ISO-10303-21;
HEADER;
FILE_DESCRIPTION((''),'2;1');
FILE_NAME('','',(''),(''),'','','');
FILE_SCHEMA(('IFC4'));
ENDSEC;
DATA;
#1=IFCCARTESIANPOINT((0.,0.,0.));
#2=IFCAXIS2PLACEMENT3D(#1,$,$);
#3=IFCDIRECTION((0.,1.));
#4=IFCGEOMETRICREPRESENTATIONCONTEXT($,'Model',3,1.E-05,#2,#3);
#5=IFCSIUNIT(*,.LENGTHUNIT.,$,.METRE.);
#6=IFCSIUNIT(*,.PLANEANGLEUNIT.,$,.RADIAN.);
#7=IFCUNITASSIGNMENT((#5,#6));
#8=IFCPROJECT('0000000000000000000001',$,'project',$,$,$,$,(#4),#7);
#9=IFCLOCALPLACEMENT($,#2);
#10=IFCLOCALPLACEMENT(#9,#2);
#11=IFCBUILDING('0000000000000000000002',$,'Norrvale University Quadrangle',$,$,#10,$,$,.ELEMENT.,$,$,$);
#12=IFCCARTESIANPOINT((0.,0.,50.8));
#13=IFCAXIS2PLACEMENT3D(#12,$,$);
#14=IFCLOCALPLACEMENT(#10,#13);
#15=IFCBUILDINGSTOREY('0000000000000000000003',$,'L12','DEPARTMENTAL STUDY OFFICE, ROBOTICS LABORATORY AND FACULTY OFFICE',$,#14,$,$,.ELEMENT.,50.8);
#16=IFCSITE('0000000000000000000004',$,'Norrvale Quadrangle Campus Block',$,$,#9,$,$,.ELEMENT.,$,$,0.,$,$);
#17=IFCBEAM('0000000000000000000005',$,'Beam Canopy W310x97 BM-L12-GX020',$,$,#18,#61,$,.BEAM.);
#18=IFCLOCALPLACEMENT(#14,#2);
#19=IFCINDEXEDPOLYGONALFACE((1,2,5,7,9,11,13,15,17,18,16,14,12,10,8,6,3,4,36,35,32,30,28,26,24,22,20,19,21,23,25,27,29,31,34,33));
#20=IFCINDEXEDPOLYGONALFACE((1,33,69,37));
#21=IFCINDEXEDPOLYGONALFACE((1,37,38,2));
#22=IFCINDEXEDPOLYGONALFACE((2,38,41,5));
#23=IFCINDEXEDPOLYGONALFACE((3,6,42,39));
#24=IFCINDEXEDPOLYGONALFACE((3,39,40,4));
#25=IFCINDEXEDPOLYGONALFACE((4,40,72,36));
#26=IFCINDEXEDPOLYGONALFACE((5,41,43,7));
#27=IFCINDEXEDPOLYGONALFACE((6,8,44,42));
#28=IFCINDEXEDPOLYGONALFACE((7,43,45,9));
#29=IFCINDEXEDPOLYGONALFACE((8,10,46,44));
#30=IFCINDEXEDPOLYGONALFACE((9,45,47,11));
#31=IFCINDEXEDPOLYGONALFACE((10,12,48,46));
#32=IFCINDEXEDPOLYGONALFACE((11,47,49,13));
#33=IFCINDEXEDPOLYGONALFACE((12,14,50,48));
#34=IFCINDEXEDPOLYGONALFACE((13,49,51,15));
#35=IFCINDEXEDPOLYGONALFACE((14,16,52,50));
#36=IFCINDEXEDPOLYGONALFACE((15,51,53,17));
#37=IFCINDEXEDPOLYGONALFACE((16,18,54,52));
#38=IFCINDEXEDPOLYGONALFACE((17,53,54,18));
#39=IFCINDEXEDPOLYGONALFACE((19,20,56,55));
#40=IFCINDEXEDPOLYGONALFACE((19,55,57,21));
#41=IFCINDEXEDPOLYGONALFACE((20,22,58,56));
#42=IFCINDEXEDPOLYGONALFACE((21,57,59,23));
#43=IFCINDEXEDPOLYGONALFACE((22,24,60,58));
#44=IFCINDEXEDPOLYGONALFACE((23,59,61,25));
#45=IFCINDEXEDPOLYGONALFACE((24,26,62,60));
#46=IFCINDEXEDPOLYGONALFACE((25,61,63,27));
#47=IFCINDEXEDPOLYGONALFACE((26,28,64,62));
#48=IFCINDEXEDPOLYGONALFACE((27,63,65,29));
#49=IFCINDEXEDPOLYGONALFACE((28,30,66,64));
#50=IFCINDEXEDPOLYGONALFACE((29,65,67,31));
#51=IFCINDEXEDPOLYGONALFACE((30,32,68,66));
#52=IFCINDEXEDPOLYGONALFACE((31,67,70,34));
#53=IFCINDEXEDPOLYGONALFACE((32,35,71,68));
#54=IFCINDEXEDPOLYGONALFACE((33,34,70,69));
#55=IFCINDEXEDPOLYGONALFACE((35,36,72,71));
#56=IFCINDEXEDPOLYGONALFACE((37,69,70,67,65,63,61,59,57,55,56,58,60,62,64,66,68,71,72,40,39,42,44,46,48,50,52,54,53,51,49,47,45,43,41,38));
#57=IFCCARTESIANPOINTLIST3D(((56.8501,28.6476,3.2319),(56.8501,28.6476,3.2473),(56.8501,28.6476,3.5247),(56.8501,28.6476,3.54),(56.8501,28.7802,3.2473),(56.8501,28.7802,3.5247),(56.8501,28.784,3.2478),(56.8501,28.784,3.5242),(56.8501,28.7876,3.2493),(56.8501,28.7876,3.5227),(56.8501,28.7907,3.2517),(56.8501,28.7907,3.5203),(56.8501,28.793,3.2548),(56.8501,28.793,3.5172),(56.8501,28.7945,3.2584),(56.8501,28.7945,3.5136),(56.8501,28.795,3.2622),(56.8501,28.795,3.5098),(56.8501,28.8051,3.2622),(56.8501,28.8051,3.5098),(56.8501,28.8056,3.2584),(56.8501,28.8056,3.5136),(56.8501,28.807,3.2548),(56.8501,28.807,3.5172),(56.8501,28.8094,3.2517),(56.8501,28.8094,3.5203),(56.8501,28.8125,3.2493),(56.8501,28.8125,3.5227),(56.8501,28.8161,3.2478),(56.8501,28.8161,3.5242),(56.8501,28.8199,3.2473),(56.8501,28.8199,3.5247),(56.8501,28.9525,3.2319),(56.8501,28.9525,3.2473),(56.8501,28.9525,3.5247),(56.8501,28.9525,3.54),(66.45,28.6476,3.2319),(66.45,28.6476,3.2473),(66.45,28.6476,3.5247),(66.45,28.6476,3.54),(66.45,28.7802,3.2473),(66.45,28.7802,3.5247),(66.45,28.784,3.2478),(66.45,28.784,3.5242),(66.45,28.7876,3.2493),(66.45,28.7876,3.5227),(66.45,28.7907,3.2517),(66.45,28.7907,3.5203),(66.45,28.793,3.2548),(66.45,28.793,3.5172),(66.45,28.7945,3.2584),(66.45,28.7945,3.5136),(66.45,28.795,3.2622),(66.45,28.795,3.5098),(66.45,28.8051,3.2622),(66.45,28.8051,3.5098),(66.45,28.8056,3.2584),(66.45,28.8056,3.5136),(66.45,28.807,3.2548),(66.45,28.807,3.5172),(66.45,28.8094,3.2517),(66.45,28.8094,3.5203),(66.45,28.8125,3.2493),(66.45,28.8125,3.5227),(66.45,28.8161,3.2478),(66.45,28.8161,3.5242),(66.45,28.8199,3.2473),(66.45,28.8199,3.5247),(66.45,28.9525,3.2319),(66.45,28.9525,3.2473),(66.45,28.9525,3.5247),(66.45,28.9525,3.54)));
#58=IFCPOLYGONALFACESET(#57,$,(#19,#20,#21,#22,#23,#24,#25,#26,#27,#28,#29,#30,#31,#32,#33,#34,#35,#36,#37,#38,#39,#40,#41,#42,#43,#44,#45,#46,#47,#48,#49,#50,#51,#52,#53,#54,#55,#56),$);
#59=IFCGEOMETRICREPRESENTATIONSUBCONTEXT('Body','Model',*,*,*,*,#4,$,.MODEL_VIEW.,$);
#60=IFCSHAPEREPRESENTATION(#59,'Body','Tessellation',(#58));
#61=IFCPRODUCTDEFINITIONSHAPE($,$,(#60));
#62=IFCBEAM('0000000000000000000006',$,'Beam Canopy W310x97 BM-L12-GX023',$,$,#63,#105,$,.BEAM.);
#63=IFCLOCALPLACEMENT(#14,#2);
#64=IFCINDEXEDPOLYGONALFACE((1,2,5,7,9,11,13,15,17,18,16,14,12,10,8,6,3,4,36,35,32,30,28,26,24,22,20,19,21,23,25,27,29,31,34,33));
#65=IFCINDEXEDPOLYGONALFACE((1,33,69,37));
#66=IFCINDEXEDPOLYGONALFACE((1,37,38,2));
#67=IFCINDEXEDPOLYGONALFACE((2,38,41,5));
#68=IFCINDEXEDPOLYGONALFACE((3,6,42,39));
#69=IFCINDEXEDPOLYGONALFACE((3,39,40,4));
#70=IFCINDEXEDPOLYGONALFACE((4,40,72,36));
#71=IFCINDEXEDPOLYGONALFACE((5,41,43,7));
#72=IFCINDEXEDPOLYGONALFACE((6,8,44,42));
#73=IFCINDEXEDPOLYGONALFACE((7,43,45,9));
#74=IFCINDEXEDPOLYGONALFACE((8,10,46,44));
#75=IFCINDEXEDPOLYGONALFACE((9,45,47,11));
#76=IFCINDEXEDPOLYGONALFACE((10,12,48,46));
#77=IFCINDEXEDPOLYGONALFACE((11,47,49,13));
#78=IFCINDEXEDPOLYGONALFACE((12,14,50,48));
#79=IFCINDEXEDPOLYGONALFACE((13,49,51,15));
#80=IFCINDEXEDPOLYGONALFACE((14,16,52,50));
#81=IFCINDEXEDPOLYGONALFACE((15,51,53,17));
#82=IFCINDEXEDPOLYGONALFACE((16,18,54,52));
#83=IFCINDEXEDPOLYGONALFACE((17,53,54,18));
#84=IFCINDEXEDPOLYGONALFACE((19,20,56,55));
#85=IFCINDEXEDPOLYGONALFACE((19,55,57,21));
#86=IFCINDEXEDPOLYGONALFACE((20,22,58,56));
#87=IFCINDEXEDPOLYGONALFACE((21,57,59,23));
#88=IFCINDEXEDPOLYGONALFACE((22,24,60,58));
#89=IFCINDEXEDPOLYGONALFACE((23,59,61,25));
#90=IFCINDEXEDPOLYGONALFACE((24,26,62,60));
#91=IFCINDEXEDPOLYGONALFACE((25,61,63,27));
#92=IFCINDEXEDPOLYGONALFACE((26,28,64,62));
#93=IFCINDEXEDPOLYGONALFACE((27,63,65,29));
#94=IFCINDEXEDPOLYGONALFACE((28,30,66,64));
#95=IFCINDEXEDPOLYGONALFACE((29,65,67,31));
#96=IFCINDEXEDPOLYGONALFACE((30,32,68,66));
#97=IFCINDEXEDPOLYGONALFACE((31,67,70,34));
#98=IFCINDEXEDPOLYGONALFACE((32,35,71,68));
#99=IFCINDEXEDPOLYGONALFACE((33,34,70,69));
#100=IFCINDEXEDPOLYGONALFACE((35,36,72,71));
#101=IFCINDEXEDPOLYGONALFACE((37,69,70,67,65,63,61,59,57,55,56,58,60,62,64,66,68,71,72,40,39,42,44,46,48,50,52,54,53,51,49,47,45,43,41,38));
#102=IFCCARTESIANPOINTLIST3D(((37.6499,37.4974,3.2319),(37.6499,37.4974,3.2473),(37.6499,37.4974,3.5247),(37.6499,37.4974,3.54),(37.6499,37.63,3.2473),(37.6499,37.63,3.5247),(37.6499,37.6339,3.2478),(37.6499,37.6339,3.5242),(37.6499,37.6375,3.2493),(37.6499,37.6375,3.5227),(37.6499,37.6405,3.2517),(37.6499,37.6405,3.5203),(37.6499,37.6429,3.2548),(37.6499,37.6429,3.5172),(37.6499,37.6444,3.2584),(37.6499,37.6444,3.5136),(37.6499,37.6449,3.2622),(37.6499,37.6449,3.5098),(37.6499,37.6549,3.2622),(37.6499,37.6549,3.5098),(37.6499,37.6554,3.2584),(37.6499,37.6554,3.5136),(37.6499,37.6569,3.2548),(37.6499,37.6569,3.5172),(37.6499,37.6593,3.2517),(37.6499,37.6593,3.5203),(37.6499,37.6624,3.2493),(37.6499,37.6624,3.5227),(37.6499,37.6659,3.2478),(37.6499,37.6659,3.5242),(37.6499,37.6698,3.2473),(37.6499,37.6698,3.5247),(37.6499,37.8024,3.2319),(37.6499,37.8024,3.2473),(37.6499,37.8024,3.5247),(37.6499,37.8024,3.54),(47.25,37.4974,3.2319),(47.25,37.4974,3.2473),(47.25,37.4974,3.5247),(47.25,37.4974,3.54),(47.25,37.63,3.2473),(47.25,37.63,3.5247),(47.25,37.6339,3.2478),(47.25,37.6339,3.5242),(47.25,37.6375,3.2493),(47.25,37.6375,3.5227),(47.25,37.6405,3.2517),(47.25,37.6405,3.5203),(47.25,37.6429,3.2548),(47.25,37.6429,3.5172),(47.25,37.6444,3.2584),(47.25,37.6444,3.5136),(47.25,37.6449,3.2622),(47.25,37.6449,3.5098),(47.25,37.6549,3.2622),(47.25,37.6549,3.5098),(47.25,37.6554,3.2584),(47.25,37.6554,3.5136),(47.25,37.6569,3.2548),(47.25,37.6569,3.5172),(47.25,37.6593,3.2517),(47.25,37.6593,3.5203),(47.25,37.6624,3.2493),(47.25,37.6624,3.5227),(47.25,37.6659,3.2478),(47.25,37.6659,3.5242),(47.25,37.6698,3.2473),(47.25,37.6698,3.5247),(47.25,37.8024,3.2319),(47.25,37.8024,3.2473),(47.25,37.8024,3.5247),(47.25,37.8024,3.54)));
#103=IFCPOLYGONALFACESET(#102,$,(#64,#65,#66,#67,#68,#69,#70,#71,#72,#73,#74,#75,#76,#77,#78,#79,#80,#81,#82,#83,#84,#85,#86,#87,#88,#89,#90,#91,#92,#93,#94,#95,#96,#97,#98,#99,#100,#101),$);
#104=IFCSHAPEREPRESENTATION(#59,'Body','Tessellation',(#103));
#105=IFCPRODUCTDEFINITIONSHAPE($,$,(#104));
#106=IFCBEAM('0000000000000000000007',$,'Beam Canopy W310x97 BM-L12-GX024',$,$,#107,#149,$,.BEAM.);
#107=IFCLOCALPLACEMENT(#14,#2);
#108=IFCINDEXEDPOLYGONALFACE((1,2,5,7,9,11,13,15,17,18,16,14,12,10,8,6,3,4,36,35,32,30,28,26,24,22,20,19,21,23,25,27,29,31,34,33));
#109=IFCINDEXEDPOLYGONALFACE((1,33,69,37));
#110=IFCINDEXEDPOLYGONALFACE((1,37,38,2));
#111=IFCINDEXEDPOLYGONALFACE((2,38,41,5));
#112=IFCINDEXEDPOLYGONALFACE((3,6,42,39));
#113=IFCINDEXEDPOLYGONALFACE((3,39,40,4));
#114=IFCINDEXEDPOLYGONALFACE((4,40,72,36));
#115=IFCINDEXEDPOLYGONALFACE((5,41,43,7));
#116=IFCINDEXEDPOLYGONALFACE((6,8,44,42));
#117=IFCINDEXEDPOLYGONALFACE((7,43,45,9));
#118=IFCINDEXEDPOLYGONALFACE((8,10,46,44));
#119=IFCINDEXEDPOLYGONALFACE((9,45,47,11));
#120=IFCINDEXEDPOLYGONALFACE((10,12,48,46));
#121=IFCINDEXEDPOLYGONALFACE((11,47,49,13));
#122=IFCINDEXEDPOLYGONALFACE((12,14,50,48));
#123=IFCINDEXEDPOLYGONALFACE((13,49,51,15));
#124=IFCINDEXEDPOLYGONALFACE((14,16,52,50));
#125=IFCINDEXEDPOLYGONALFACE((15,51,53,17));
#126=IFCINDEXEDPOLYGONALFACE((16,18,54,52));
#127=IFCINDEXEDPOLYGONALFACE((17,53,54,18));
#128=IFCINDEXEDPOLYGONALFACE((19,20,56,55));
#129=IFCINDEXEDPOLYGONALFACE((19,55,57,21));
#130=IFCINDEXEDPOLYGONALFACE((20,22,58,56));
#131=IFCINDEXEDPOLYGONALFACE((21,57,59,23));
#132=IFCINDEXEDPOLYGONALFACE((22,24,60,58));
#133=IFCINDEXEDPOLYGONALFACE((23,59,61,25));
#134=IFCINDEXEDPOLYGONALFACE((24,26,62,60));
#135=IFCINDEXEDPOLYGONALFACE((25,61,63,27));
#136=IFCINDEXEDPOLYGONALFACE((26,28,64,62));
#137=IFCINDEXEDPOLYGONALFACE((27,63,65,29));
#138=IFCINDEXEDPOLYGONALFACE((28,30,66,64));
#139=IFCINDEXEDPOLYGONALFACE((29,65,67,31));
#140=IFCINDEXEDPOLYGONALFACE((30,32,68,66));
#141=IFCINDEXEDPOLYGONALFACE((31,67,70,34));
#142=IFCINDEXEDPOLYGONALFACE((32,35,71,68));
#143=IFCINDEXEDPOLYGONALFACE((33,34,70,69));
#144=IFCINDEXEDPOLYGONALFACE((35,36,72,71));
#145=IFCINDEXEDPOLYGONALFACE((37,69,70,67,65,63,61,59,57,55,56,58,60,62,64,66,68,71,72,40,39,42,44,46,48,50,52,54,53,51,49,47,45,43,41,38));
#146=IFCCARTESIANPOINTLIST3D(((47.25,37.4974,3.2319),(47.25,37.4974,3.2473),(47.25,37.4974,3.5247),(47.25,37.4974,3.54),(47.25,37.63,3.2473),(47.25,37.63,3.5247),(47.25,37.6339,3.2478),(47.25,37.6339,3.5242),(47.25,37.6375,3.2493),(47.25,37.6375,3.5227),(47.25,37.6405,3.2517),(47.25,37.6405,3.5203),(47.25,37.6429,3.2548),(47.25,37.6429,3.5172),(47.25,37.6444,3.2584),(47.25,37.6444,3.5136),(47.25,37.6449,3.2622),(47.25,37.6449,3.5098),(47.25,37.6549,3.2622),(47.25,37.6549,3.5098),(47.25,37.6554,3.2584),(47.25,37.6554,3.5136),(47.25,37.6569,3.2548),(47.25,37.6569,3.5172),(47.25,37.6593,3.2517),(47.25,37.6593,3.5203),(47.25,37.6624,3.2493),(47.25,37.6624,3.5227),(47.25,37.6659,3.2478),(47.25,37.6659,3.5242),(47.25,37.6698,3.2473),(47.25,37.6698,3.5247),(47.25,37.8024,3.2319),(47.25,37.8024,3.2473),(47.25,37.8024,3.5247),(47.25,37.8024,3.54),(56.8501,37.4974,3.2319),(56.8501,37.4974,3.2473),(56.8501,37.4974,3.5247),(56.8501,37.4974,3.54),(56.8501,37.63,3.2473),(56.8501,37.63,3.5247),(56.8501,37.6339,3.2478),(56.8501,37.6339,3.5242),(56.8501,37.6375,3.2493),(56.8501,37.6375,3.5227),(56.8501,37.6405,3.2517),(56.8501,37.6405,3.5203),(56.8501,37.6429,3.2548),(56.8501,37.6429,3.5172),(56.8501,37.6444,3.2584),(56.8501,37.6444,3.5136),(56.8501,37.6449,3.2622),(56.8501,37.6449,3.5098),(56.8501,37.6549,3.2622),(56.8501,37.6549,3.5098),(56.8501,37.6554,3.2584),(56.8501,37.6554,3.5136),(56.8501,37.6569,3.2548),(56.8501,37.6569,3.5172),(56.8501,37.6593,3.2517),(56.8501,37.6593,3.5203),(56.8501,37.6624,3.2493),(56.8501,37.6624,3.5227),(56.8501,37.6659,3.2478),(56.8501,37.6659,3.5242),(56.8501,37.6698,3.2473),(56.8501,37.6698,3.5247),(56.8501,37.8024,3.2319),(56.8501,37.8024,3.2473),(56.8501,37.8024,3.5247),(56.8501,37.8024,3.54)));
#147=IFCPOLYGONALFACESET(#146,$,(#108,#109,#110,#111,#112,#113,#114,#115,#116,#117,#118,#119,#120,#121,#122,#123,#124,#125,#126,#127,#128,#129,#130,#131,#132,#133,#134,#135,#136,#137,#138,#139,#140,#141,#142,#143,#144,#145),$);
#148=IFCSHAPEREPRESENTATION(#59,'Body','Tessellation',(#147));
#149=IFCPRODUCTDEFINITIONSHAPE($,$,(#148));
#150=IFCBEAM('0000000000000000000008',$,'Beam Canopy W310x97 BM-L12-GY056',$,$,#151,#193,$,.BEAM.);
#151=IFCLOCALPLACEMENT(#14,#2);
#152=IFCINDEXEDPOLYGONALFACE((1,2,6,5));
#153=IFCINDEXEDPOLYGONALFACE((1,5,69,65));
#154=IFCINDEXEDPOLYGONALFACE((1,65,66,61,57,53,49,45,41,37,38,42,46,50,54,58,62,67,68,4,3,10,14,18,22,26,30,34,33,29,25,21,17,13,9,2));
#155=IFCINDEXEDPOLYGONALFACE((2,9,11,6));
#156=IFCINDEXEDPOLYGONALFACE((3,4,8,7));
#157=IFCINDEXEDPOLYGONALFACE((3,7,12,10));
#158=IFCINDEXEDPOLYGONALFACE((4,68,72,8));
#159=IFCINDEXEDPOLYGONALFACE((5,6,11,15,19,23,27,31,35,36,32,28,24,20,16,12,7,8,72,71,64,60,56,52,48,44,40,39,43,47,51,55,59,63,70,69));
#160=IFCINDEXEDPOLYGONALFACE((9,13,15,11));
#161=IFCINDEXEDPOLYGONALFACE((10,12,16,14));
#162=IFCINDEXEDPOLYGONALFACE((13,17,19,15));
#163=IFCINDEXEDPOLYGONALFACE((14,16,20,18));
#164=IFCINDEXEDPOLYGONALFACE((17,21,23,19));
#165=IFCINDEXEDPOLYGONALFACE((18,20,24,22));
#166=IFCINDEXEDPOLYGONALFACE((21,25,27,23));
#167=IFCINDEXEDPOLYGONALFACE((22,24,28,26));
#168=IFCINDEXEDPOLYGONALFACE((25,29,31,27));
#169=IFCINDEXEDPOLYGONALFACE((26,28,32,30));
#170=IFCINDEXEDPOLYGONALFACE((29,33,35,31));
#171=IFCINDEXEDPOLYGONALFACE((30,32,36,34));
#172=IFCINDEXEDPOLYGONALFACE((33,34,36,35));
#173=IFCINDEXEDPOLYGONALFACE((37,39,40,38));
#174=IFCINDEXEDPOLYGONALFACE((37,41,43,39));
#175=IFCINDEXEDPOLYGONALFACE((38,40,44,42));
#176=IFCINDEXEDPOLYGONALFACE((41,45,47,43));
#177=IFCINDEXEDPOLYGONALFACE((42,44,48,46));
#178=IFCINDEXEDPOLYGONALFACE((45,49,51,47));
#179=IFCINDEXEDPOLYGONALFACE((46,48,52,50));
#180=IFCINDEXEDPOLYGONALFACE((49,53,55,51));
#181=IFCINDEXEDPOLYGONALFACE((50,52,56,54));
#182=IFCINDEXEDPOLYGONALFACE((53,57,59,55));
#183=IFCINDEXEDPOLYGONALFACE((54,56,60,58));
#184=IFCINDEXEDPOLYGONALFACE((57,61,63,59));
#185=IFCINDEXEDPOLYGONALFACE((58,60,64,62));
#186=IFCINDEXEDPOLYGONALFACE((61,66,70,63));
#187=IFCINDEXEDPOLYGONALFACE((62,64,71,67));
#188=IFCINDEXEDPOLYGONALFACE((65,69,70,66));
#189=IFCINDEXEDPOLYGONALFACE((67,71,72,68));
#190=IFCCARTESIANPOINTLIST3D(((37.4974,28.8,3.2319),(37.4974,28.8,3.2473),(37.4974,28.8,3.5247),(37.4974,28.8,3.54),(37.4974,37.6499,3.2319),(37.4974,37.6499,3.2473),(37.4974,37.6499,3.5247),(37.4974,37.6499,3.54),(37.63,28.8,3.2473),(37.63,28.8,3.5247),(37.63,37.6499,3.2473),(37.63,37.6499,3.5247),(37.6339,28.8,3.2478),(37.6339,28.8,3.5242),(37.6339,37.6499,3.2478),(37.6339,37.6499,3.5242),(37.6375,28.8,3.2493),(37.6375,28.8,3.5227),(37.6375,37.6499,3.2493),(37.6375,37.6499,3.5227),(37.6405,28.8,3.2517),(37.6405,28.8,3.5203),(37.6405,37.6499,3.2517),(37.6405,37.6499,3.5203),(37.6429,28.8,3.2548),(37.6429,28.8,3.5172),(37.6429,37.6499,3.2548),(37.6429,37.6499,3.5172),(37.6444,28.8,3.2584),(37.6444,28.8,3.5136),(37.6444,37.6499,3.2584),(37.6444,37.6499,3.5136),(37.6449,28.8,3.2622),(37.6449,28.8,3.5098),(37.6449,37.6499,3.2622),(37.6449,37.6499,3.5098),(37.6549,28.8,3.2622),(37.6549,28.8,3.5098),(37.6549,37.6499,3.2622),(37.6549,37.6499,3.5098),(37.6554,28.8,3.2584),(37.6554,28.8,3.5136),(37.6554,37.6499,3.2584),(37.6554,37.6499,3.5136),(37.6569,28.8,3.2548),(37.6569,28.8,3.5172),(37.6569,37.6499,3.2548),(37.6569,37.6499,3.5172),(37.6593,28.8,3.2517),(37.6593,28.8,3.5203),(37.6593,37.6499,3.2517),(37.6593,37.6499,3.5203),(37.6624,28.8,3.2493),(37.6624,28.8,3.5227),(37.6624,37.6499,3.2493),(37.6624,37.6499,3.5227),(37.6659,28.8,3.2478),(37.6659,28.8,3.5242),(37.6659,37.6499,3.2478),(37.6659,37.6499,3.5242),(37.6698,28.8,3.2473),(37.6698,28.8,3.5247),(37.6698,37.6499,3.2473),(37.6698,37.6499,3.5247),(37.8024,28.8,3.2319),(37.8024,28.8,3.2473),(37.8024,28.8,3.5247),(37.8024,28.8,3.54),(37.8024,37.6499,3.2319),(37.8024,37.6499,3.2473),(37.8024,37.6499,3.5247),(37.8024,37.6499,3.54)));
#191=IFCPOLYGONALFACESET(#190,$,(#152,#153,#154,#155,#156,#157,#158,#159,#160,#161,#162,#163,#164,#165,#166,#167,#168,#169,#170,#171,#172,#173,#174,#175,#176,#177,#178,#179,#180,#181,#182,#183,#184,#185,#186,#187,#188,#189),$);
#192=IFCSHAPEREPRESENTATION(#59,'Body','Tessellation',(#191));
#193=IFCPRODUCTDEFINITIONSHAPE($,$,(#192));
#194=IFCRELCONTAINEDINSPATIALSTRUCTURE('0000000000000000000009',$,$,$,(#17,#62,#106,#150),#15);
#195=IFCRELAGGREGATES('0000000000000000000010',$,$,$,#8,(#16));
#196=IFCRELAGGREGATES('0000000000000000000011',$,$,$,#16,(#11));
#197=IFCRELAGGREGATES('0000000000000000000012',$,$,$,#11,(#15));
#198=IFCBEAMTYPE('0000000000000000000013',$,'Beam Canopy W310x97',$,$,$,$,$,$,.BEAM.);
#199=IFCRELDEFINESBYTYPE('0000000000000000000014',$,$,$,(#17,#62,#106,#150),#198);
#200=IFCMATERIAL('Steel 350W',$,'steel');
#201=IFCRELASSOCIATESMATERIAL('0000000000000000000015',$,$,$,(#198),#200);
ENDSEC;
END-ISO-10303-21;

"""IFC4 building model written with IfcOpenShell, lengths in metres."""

from ifc_helpers import new_model, si_unit, direction, frame, origin, origin_2d, place, context, subcontext, project, spatial, i_section, extrude, material, material_profile, profile_set, type_object, element, save


model = new_model("IFC4")

# Units and contexts
model_context = context("Model", 3, precision=1e-05, world=origin(), true_north=direction((0.0, 1.0)))
body_context = subcontext(model_context, "Body", "Model", "MODEL_VIEW")
ifc_project = project(units=[si_unit("LENGTHUNIT", "METRE"), si_unit("PLANEANGLEUNIT", "RADIAN")], contexts=[model_context])

# Site, building, storey
site_placement = place(None, origin())
site = spatial("IfcSite", under=ifc_project, at=site_placement, Name="Norrvale Quadrangle Campus Block", CompositionType="ELEMENT", RefElevation=0.0)
building_placement = place(site_placement, origin())
building = spatial("IfcBuilding", under=site, at=building_placement, Name="Norrvale University Quadrangle", CompositionType="ELEMENT")
storey_placement = place(building_placement, frame((0.0, 0.0, 50.8)))
storey = spatial("IfcBuildingStorey", under=building, at=storey_placement, Name="L12", Description="DEPARTMENTAL STUDY OFFICE, ROBOTICS LABORATORY AND FACULTY OFFICE", CompositionType="ELEMENT", Elevation=50.8)

# Beams
ifc_material_1 = material(Name="Steel 350W", Category="steel")
ifc_material_profile_1 = material_profile(ifc_material_1, i_section(OverallWidth=0.3049, OverallDepth=0.3081, WebThickness=0.01, FlangeThickness=0.0154, FilletRadius=0.0149, at=origin_2d()), Name="Steel 350W")
ifc_profile_set_1 = profile_set([ifc_material_profile_1], Name="Steel 350W")
beam_type_1 = type_object("IfcBeamType", Name="Beam Canopy W310x97", PredefinedType="BEAM", material=ifc_profile_set_1)
beam_1_placement = place(storey_placement, frame((56.8501, 28.8, 3.386), z_axis=(1.0, 0.0, 0.0), x_axis=(0.0, 1.0, 0.0)))
element("IfcBeam", 1, at=beam_1_placement, inside=storey, type_object=beam_type_1, Name="Beam Canopy W310x97 BM-L12-GX020", PredefinedType="BEAM", context=body_context, shape_type="SweptSolid", body=[
    extrude(i_section(OverallWidth=0.3049, OverallDepth=0.3081, WebThickness=0.01, FlangeThickness=0.0154, FilletRadius=0.0149, at=origin_2d()), origin(), (0.0, 0.0, 1.0), 9.5999),
])
for number, where, z_axis, x_axis, name in (
    (2, (37.6499, 37.6499, 3.386), (1.0, 0.0, 0.0), (0.0, 1.0, 0.0), "Beam Canopy W310x97 BM-L12-GX023"),
    (3, (47.25, 37.6499, 3.386), (1.0, 0.0, 0.0), (0.0, 1.0, 0.0), "Beam Canopy W310x97 BM-L12-GX024"),
):
    element("IfcBeam", number, at=place(storey_placement, frame(where, z_axis=z_axis, x_axis=x_axis)), inside=storey, type_object=beam_type_1, Name=name, PredefinedType="BEAM", context=body_context, shape_type="SweptSolid", body=[
        extrude(i_section(OverallWidth=0.3049, OverallDepth=0.3081, WebThickness=0.01, FlangeThickness=0.0154, FilletRadius=0.0149, at=origin_2d()), origin(), (0.0, 0.0, 1.0), 9.6001),
    ])
beam_2_placement = place(storey_placement, frame((37.6499, 28.8, 3.386), z_axis=(0.0, 1.0, 0.0), x_axis=(-1.0, 0.0, 0.0)))
element("IfcBeam", 4, at=beam_2_placement, inside=storey, type_object=beam_type_1, Name="Beam Canopy W310x97 BM-L12-GY056", PredefinedType="BEAM", context=body_context, shape_type="SweptSolid", body=[
    extrude(i_section(OverallWidth=0.3049, OverallDepth=0.3081, WebThickness=0.01, FlangeThickness=0.0154, FilletRadius=0.0149, at=origin_2d()), origin(), (0.0, 0.0, 1.0), 8.8499),
])

save(model, "model.ifc")
